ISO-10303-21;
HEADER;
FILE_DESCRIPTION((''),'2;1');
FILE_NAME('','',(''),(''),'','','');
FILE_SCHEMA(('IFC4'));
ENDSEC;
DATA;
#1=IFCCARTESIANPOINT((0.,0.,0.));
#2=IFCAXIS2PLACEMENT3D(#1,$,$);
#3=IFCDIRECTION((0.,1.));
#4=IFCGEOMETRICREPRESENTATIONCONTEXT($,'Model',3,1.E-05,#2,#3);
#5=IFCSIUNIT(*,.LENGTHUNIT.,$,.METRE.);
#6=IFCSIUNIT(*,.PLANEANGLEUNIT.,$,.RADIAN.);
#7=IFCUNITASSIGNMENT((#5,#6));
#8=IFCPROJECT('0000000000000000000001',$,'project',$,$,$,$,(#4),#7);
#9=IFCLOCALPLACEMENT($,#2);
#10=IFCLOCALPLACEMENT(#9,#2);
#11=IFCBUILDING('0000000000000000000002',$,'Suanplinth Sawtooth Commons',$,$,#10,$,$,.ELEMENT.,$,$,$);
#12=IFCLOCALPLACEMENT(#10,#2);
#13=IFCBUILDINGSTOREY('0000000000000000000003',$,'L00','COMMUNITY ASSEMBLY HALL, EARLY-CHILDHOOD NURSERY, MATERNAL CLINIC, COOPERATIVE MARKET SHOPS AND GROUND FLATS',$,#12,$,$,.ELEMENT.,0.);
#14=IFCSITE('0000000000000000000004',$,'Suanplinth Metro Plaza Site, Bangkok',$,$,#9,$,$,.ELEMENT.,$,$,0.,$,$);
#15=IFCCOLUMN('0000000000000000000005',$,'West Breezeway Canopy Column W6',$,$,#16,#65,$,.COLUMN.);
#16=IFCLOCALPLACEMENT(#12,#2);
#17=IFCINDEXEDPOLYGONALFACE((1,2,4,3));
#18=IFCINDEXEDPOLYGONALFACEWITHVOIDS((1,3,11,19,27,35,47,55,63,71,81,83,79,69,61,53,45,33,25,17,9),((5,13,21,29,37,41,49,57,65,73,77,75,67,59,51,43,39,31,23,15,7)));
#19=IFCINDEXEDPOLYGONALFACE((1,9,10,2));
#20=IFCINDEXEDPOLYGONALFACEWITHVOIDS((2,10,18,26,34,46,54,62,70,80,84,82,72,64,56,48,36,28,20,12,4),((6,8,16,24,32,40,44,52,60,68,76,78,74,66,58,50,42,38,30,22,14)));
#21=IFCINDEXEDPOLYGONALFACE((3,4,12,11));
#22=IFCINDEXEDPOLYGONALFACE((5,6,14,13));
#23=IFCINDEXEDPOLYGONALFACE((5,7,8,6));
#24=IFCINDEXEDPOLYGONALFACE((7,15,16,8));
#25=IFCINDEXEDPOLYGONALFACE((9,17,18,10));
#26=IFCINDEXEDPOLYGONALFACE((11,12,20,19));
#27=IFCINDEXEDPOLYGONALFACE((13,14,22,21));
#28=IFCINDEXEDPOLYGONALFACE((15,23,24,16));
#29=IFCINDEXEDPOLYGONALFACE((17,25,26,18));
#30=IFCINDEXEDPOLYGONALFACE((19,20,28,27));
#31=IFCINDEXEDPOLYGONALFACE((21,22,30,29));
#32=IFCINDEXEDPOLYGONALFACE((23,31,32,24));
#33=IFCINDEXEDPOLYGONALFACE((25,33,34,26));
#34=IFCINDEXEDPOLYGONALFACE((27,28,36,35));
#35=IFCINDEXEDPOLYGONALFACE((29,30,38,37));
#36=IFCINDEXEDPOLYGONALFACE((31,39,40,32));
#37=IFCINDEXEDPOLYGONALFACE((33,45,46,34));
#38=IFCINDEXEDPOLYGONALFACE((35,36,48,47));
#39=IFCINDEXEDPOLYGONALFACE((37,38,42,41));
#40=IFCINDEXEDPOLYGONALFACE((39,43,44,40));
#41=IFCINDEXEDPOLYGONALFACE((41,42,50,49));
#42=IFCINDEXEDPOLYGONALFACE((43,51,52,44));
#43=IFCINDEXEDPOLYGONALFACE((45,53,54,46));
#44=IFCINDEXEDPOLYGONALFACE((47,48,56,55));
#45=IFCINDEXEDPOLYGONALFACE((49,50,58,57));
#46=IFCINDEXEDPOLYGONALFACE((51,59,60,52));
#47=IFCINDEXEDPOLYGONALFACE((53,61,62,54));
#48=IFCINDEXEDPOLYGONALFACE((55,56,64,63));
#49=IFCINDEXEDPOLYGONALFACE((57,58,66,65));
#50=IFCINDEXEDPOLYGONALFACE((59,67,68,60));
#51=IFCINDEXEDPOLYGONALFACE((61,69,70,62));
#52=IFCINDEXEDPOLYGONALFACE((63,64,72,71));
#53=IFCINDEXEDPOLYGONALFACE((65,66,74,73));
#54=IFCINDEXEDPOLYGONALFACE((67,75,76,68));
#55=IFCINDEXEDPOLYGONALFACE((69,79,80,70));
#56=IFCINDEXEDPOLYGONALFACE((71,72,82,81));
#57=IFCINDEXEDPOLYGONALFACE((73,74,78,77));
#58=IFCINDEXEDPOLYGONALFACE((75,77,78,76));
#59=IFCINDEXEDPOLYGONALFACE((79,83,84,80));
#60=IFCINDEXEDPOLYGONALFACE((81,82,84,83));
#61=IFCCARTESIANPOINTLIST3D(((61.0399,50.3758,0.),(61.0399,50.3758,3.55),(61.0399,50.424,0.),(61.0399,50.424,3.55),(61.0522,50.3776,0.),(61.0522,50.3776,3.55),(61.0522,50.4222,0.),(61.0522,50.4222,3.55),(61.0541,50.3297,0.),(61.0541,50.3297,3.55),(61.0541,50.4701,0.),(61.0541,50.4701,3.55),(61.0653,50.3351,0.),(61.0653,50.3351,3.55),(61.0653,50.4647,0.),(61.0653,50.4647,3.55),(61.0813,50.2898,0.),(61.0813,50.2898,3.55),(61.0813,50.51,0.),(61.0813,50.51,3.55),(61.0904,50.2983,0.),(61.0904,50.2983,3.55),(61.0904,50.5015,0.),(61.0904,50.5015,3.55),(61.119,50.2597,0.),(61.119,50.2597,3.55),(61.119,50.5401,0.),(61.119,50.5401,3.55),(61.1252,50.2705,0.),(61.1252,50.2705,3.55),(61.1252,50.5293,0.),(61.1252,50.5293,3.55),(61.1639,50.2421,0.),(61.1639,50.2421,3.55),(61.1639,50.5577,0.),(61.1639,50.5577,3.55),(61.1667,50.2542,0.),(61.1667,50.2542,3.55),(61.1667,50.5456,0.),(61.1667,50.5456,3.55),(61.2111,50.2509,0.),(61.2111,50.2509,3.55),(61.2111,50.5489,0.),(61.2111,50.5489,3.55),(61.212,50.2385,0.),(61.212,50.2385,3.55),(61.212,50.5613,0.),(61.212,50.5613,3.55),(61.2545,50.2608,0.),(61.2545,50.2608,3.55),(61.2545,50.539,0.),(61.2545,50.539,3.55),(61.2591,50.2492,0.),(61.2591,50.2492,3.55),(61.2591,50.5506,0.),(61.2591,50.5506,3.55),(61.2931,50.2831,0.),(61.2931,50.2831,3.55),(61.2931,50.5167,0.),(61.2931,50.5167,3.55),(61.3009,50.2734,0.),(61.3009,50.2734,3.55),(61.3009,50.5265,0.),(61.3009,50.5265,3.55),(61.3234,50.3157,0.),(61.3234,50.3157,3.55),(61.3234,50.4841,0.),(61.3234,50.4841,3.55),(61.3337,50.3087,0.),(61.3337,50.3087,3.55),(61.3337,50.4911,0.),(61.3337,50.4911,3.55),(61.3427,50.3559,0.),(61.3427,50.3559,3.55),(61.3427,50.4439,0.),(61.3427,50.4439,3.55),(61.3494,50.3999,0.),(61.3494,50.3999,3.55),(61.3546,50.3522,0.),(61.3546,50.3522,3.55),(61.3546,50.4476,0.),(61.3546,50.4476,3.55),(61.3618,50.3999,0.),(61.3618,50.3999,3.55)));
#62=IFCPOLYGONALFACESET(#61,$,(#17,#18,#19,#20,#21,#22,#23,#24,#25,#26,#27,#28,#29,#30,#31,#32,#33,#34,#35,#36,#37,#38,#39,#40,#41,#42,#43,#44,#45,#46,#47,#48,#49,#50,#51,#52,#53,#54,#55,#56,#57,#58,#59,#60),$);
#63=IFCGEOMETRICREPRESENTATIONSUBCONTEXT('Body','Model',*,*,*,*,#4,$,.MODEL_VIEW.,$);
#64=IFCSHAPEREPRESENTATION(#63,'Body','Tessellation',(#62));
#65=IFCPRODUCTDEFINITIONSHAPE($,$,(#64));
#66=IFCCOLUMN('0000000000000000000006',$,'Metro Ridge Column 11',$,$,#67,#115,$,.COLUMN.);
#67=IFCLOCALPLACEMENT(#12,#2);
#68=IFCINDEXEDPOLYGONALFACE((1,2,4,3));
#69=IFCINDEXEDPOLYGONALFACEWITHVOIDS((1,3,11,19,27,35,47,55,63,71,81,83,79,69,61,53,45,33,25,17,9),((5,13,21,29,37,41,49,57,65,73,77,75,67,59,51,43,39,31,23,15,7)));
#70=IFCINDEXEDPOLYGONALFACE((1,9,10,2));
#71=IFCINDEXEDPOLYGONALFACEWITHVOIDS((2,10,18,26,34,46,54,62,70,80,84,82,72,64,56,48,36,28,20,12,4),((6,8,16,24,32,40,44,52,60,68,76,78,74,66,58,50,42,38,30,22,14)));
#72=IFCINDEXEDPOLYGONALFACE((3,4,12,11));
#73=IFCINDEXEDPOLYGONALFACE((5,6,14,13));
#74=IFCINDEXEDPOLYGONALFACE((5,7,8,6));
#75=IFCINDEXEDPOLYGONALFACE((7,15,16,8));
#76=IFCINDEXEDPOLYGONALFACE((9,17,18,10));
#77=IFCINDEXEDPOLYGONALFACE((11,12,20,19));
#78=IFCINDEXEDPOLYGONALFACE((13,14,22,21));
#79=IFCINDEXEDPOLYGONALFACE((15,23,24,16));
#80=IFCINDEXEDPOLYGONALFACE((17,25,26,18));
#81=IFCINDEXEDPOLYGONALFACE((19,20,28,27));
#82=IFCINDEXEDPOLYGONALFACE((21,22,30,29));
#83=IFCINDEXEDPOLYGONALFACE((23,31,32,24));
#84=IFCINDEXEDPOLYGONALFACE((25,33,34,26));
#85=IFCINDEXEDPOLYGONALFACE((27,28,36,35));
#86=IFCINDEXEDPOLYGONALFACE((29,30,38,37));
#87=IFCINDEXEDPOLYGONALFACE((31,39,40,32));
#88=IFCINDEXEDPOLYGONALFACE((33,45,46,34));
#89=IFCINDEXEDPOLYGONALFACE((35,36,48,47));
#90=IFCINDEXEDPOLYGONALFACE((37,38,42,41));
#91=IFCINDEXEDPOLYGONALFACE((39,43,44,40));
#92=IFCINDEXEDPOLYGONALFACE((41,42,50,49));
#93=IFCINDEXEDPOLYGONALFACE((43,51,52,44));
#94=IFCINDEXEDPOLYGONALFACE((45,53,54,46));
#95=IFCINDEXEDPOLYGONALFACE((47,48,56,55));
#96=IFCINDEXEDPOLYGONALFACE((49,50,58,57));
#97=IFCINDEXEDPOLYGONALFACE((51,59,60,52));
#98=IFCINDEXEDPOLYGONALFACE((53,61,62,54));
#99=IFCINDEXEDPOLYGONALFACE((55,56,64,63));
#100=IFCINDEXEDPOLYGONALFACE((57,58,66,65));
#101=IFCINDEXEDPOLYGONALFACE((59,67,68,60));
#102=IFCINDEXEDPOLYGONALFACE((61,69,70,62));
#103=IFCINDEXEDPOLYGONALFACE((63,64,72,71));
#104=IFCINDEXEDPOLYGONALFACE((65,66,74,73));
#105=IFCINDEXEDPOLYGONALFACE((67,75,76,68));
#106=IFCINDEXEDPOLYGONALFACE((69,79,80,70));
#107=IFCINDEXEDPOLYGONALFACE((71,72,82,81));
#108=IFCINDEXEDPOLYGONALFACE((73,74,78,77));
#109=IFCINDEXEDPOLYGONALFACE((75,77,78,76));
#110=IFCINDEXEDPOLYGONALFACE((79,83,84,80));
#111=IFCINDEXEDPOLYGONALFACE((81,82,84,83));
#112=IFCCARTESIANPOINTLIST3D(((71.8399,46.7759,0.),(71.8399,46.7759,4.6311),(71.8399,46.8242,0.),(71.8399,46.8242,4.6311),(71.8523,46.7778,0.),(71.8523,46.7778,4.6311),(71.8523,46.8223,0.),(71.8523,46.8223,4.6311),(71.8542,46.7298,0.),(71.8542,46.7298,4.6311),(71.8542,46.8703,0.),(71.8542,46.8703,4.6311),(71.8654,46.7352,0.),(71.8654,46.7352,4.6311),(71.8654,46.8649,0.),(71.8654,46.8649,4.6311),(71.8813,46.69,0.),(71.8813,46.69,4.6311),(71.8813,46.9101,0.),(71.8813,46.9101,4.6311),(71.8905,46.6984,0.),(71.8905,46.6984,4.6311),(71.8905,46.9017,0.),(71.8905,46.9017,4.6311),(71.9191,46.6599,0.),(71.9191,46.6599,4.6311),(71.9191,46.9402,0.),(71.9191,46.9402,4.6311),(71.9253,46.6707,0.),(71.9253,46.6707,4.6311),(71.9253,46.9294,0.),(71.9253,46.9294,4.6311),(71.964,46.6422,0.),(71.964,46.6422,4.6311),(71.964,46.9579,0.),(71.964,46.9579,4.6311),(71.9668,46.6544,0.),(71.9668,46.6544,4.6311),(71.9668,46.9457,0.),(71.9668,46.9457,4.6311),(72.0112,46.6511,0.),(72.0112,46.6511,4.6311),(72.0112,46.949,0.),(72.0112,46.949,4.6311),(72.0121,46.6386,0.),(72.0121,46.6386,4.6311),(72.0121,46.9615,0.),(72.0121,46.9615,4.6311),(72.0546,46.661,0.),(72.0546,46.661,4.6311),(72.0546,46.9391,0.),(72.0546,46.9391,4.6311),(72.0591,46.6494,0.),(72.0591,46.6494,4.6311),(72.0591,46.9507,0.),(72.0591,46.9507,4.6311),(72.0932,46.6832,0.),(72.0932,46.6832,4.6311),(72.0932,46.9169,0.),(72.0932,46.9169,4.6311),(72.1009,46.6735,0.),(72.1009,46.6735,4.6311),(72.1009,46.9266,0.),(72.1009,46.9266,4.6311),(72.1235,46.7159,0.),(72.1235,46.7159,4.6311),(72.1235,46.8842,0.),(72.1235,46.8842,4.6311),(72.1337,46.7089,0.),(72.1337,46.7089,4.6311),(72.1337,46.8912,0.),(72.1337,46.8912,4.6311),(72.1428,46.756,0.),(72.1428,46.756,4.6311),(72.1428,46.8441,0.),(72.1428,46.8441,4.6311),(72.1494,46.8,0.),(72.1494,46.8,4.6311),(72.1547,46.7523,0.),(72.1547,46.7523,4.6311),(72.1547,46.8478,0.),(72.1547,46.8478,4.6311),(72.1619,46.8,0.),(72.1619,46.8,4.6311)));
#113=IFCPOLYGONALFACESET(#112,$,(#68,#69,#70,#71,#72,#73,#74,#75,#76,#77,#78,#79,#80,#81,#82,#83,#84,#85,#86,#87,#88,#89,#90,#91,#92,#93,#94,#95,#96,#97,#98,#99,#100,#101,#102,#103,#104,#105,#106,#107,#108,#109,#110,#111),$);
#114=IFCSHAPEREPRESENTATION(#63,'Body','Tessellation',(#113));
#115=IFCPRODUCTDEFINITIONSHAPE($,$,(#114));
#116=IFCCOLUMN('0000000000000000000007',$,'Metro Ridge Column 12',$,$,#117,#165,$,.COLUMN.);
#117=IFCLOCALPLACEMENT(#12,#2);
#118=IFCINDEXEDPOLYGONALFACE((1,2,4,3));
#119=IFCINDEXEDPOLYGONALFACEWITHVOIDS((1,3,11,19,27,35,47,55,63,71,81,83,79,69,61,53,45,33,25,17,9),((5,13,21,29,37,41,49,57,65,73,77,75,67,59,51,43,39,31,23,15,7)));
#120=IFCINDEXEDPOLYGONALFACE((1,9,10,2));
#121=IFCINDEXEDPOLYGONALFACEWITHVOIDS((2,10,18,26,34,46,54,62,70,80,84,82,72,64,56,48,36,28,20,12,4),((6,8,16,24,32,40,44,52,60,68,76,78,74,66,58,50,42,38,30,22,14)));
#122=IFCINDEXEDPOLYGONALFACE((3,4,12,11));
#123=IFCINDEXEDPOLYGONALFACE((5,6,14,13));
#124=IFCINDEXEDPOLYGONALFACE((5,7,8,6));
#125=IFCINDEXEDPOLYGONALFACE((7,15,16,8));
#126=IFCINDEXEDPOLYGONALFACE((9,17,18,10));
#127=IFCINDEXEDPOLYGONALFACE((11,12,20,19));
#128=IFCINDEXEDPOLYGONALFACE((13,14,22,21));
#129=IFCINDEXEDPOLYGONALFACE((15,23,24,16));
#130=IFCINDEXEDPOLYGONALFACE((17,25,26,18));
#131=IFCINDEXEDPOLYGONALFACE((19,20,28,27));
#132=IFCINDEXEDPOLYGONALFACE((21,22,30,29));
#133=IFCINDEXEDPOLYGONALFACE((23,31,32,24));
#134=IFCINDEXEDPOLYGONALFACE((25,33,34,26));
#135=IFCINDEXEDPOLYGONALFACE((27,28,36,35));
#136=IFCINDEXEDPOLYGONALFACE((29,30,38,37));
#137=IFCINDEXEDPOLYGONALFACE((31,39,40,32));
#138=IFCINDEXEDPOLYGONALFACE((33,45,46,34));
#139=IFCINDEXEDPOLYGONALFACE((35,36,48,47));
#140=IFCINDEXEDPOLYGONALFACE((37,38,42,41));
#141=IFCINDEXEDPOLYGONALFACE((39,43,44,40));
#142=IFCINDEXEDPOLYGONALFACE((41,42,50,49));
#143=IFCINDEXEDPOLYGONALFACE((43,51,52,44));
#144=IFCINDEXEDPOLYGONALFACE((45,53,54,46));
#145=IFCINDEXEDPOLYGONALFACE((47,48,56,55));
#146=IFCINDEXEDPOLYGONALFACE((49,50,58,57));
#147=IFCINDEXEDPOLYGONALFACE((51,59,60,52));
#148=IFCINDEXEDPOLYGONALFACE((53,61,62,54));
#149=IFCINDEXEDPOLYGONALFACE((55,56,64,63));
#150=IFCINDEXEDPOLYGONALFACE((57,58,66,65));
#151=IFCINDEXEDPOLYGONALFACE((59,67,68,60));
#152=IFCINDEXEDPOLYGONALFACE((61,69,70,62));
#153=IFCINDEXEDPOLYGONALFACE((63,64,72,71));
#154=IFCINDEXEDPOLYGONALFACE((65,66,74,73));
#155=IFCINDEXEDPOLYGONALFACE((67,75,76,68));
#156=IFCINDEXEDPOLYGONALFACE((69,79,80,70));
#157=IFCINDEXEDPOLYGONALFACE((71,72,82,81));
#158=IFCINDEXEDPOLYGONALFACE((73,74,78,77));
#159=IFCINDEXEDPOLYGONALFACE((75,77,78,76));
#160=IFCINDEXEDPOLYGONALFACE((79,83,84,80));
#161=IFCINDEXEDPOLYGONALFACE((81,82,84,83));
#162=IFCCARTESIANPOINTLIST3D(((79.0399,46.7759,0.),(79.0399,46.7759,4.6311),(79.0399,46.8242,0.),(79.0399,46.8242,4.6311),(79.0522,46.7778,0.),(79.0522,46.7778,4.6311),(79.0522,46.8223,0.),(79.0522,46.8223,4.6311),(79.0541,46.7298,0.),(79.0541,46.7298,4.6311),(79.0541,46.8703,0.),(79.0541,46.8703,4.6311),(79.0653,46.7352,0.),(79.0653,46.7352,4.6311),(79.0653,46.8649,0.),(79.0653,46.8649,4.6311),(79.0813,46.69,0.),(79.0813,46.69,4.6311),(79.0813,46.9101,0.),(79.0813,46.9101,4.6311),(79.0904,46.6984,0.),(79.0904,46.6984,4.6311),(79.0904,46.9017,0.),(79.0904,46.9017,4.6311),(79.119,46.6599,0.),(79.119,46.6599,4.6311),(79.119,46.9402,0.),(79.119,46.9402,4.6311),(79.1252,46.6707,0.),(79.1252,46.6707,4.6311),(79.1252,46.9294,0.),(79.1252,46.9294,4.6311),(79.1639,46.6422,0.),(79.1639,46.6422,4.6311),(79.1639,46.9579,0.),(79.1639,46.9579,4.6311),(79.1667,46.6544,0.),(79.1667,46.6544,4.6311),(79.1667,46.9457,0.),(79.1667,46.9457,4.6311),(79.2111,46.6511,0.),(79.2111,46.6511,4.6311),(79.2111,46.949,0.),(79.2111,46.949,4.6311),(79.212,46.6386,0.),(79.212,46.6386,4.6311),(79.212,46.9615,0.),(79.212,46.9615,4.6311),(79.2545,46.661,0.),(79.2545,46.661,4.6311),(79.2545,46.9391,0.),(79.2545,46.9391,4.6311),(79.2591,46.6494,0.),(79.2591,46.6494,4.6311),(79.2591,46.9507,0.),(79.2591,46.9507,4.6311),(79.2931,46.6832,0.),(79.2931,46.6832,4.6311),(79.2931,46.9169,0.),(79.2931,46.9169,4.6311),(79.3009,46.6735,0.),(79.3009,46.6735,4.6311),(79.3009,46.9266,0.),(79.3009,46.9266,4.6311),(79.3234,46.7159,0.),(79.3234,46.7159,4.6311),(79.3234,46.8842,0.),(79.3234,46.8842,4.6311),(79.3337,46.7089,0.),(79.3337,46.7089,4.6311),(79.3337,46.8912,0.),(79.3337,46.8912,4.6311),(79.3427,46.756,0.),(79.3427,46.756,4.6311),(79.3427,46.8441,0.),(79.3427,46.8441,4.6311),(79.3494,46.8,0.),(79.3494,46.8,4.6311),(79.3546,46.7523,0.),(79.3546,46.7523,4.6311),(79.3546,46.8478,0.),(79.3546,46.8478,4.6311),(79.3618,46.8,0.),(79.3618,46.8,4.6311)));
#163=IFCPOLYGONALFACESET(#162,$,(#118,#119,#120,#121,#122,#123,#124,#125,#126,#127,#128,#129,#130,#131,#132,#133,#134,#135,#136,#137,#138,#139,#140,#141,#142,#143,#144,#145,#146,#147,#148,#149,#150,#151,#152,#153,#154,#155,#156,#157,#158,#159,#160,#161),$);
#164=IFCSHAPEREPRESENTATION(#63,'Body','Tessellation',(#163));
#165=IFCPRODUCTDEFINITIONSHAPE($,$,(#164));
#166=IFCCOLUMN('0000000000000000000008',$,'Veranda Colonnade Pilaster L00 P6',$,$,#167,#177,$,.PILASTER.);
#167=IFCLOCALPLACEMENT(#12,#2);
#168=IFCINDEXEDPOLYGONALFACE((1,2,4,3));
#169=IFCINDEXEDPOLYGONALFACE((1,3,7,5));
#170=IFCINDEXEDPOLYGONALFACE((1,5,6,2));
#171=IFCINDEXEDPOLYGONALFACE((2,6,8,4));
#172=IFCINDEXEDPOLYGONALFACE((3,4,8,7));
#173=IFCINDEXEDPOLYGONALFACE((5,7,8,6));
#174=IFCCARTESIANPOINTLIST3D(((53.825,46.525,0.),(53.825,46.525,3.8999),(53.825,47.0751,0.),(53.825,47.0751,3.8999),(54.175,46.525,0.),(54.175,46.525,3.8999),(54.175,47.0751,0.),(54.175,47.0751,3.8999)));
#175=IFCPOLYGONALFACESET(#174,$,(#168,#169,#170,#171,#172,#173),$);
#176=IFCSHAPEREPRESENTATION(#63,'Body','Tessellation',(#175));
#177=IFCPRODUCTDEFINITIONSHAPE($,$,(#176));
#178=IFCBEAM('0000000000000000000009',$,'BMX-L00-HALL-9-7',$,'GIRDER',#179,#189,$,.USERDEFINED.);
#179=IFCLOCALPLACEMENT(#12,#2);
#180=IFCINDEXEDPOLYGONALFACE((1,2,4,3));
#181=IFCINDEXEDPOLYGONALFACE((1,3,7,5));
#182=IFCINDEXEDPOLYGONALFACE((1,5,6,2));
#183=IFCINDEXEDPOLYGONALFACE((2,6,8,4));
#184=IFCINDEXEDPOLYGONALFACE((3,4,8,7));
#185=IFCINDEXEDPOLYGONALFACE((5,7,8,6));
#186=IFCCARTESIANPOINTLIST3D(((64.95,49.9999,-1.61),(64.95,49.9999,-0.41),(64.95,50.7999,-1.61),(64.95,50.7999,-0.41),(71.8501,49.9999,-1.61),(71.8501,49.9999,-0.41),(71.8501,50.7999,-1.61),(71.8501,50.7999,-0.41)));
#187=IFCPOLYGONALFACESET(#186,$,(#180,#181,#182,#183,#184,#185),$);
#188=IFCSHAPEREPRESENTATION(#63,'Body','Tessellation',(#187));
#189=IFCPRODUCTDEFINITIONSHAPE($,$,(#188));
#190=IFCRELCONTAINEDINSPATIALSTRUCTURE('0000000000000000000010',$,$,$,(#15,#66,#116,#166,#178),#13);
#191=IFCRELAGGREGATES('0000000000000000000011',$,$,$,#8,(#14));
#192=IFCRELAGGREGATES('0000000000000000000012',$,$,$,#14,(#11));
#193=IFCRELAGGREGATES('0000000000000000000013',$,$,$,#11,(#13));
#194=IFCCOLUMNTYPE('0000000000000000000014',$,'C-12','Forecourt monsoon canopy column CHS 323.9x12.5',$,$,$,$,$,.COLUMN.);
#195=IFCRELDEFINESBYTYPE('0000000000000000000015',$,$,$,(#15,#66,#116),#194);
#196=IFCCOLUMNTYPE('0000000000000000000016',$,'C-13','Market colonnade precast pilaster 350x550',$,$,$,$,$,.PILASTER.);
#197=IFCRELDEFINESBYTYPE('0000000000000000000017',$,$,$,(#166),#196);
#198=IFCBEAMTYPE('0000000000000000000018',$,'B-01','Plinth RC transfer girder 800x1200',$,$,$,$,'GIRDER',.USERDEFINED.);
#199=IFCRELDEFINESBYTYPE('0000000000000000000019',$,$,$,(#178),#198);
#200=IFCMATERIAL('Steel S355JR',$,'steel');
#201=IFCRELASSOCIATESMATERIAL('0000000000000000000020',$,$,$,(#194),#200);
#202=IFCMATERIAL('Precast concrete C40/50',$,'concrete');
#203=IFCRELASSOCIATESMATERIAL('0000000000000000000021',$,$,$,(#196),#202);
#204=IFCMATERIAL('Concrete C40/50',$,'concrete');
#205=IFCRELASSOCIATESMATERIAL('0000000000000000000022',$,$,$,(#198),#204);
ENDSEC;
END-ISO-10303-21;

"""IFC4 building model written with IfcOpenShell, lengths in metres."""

from ifc_helpers import new_model, si_unit, direction, frame, origin, origin_2d, place, context, subcontext, project, spatial, rectangle, hollow_circle, extrude, material, material_profile, profile_set, type_object, element, save


model = new_model("IFC4")

# Units and contexts
model_context = context("Model", 3, precision=1e-05, world=origin(), true_north=direction((0.0, 1.0)))
body_context = subcontext(model_context, "Body", "Model", "MODEL_VIEW")
ifc_project = project(units=[si_unit("LENGTHUNIT", "METRE"), si_unit("PLANEANGLEUNIT", "RADIAN")], contexts=[model_context])

# Site, building, storey
site_placement = place(None, origin())
site = spatial("IfcSite", under=ifc_project, at=site_placement, Name="Suanplinth Metro Plaza Site, Bangkok", CompositionType="ELEMENT", RefElevation=0.0)
building_placement = place(site_placement, origin())
building = spatial("IfcBuilding", under=site, at=building_placement, Name="Suanplinth Sawtooth Commons", CompositionType="ELEMENT")
storey_placement = place(building_placement, origin())
storey = spatial("IfcBuildingStorey", under=building, at=storey_placement, Name="L00", Description="COMMUNITY ASSEMBLY HALL, EARLY-CHILDHOOD NURSERY, MATERNAL CLINIC, COOPERATIVE MARKET SHOPS AND GROUND FLATS", CompositionType="ELEMENT", Elevation=0.0)

# Columns
ifc_material_1 = material(Name="Concrete C40/50", Category="concrete")
ifc_material_2 = material(Name="Steel S355JR", Category="steel")
ifc_material_profile_1 = material_profile(ifc_material_2, hollow_circle(Radius=0.1619, WallThickness=0.0125, at=origin_2d()), Name="CHS 323.9x12.5")
ifc_profile_set_1 = profile_set([ifc_material_profile_1], Name="Steel S355JR")
column_type_1 = type_object("IfcColumnType", Name="C-12", Description="Forecourt monsoon canopy column CHS 323.9x12.5", PredefinedType="COLUMN", material=ifc_profile_set_1)
for number, where, z_axis, x_axis, name in (
    (1, (61.2, 50.3999, 0.0), (0.0, 0.0, 1.0), (1.0, 0.0, 0.0), "West Breezeway Canopy Column W6"),
):
    element("IfcColumn", number, at=place(storey_placement, frame(where, z_axis=z_axis, x_axis=x_axis)), inside=storey, type_object=column_type_1, Name=name, PredefinedType="COLUMN", context=body_context, shape_type="SweptSolid", body=[
        extrude(hollow_circle(Radius=0.1619, WallThickness=0.0125, at=origin_2d()), origin(), (0.0, 0.0, 1.0), 3.55),
    ])
for number, where, z_axis, x_axis, name in (
    (2, (72.0, 46.8, 0.0), (0.0, 0.0, 1.0), (1.0, 0.0, 0.0), "Metro Ridge Column 11"),
    (3, (79.2, 46.8, 0.0), (0.0, 0.0, 1.0), (1.0, 0.0, 0.0), "Metro Ridge Column 12"),
):
    element("IfcColumn", number, at=place(storey_placement, frame(where, z_axis=z_axis, x_axis=x_axis)), inside=storey, type_object=column_type_1, Name=name, PredefinedType="COLUMN", context=body_context, shape_type="SweptSolid", body=[
        extrude(hollow_circle(Radius=0.1619, WallThickness=0.0125, at=origin_2d()), origin(), (0.0, 0.0, 1.0), 4.6311),
    ])
ifc_material_3 = material(Name="Precast concrete C40/50", Category="concrete")
ifc_material_profile_2 = material_profile(ifc_material_3, rectangle(XDim=0.3501, YDim=0.55, at=origin_2d()), Name="PC-PIL 350x550")
ifc_profile_set_2 = profile_set([ifc_material_profile_2], Name="Precast concrete C40/50")
column_type_2 = type_object("IfcColumnType", Name="C-13", Description="Market colonnade precast pilaster 350x550", PredefinedType="PILASTER", material=ifc_profile_set_2)
column_1_placement = place(storey_placement, frame((54.0, 46.8, 0.0), z_axis=(0.0, 0.0, 1.0), x_axis=(1.0, 0.0, 0.0)))
element("IfcColumn", 4, at=column_1_placement, inside=storey, type_object=column_type_2, Name="Veranda Colonnade Pilaster L00 P6", PredefinedType="PILASTER", context=body_context, shape_type="SweptSolid", body=[
    extrude(rectangle(XDim=0.3501, YDim=0.55, at=origin_2d()), origin(), (0.0, 0.0, 1.0), 3.8999),
])

# Beam
ifc_material_profile_3 = material_profile(ifc_material_1, rectangle(XDim=0.8, YDim=1.2, at=origin_2d()), Name="RC-TG 800x1200")
ifc_profile_set_3 = profile_set([ifc_material_profile_3], Name="Concrete C40/50")
beam_type_1 = type_object("IfcBeamType", Name="B-01", Description="Plinth RC transfer girder 800x1200", ElementType="GIRDER", PredefinedType="USERDEFINED", material=ifc_profile_set_3)
beam_1_placement = place(storey_placement, frame((64.95, 50.3999, -1.01), z_axis=(1.0, 0.0, 0.0), x_axis=(0.0, 1.0, 0.0)))
element("IfcBeam", 5, at=beam_1_placement, inside=storey, type_object=beam_type_1, Name="BMX-L00-HALL-9-7", ObjectType="GIRDER", PredefinedType="USERDEFINED", context=body_context, shape_type="SweptSolid", body=[
    extrude(rectangle(XDim=0.8, YDim=1.2, at=origin_2d()), origin(), (0.0, 0.0, 1.0), 6.9001),
])

save(model, "model.ifc")
